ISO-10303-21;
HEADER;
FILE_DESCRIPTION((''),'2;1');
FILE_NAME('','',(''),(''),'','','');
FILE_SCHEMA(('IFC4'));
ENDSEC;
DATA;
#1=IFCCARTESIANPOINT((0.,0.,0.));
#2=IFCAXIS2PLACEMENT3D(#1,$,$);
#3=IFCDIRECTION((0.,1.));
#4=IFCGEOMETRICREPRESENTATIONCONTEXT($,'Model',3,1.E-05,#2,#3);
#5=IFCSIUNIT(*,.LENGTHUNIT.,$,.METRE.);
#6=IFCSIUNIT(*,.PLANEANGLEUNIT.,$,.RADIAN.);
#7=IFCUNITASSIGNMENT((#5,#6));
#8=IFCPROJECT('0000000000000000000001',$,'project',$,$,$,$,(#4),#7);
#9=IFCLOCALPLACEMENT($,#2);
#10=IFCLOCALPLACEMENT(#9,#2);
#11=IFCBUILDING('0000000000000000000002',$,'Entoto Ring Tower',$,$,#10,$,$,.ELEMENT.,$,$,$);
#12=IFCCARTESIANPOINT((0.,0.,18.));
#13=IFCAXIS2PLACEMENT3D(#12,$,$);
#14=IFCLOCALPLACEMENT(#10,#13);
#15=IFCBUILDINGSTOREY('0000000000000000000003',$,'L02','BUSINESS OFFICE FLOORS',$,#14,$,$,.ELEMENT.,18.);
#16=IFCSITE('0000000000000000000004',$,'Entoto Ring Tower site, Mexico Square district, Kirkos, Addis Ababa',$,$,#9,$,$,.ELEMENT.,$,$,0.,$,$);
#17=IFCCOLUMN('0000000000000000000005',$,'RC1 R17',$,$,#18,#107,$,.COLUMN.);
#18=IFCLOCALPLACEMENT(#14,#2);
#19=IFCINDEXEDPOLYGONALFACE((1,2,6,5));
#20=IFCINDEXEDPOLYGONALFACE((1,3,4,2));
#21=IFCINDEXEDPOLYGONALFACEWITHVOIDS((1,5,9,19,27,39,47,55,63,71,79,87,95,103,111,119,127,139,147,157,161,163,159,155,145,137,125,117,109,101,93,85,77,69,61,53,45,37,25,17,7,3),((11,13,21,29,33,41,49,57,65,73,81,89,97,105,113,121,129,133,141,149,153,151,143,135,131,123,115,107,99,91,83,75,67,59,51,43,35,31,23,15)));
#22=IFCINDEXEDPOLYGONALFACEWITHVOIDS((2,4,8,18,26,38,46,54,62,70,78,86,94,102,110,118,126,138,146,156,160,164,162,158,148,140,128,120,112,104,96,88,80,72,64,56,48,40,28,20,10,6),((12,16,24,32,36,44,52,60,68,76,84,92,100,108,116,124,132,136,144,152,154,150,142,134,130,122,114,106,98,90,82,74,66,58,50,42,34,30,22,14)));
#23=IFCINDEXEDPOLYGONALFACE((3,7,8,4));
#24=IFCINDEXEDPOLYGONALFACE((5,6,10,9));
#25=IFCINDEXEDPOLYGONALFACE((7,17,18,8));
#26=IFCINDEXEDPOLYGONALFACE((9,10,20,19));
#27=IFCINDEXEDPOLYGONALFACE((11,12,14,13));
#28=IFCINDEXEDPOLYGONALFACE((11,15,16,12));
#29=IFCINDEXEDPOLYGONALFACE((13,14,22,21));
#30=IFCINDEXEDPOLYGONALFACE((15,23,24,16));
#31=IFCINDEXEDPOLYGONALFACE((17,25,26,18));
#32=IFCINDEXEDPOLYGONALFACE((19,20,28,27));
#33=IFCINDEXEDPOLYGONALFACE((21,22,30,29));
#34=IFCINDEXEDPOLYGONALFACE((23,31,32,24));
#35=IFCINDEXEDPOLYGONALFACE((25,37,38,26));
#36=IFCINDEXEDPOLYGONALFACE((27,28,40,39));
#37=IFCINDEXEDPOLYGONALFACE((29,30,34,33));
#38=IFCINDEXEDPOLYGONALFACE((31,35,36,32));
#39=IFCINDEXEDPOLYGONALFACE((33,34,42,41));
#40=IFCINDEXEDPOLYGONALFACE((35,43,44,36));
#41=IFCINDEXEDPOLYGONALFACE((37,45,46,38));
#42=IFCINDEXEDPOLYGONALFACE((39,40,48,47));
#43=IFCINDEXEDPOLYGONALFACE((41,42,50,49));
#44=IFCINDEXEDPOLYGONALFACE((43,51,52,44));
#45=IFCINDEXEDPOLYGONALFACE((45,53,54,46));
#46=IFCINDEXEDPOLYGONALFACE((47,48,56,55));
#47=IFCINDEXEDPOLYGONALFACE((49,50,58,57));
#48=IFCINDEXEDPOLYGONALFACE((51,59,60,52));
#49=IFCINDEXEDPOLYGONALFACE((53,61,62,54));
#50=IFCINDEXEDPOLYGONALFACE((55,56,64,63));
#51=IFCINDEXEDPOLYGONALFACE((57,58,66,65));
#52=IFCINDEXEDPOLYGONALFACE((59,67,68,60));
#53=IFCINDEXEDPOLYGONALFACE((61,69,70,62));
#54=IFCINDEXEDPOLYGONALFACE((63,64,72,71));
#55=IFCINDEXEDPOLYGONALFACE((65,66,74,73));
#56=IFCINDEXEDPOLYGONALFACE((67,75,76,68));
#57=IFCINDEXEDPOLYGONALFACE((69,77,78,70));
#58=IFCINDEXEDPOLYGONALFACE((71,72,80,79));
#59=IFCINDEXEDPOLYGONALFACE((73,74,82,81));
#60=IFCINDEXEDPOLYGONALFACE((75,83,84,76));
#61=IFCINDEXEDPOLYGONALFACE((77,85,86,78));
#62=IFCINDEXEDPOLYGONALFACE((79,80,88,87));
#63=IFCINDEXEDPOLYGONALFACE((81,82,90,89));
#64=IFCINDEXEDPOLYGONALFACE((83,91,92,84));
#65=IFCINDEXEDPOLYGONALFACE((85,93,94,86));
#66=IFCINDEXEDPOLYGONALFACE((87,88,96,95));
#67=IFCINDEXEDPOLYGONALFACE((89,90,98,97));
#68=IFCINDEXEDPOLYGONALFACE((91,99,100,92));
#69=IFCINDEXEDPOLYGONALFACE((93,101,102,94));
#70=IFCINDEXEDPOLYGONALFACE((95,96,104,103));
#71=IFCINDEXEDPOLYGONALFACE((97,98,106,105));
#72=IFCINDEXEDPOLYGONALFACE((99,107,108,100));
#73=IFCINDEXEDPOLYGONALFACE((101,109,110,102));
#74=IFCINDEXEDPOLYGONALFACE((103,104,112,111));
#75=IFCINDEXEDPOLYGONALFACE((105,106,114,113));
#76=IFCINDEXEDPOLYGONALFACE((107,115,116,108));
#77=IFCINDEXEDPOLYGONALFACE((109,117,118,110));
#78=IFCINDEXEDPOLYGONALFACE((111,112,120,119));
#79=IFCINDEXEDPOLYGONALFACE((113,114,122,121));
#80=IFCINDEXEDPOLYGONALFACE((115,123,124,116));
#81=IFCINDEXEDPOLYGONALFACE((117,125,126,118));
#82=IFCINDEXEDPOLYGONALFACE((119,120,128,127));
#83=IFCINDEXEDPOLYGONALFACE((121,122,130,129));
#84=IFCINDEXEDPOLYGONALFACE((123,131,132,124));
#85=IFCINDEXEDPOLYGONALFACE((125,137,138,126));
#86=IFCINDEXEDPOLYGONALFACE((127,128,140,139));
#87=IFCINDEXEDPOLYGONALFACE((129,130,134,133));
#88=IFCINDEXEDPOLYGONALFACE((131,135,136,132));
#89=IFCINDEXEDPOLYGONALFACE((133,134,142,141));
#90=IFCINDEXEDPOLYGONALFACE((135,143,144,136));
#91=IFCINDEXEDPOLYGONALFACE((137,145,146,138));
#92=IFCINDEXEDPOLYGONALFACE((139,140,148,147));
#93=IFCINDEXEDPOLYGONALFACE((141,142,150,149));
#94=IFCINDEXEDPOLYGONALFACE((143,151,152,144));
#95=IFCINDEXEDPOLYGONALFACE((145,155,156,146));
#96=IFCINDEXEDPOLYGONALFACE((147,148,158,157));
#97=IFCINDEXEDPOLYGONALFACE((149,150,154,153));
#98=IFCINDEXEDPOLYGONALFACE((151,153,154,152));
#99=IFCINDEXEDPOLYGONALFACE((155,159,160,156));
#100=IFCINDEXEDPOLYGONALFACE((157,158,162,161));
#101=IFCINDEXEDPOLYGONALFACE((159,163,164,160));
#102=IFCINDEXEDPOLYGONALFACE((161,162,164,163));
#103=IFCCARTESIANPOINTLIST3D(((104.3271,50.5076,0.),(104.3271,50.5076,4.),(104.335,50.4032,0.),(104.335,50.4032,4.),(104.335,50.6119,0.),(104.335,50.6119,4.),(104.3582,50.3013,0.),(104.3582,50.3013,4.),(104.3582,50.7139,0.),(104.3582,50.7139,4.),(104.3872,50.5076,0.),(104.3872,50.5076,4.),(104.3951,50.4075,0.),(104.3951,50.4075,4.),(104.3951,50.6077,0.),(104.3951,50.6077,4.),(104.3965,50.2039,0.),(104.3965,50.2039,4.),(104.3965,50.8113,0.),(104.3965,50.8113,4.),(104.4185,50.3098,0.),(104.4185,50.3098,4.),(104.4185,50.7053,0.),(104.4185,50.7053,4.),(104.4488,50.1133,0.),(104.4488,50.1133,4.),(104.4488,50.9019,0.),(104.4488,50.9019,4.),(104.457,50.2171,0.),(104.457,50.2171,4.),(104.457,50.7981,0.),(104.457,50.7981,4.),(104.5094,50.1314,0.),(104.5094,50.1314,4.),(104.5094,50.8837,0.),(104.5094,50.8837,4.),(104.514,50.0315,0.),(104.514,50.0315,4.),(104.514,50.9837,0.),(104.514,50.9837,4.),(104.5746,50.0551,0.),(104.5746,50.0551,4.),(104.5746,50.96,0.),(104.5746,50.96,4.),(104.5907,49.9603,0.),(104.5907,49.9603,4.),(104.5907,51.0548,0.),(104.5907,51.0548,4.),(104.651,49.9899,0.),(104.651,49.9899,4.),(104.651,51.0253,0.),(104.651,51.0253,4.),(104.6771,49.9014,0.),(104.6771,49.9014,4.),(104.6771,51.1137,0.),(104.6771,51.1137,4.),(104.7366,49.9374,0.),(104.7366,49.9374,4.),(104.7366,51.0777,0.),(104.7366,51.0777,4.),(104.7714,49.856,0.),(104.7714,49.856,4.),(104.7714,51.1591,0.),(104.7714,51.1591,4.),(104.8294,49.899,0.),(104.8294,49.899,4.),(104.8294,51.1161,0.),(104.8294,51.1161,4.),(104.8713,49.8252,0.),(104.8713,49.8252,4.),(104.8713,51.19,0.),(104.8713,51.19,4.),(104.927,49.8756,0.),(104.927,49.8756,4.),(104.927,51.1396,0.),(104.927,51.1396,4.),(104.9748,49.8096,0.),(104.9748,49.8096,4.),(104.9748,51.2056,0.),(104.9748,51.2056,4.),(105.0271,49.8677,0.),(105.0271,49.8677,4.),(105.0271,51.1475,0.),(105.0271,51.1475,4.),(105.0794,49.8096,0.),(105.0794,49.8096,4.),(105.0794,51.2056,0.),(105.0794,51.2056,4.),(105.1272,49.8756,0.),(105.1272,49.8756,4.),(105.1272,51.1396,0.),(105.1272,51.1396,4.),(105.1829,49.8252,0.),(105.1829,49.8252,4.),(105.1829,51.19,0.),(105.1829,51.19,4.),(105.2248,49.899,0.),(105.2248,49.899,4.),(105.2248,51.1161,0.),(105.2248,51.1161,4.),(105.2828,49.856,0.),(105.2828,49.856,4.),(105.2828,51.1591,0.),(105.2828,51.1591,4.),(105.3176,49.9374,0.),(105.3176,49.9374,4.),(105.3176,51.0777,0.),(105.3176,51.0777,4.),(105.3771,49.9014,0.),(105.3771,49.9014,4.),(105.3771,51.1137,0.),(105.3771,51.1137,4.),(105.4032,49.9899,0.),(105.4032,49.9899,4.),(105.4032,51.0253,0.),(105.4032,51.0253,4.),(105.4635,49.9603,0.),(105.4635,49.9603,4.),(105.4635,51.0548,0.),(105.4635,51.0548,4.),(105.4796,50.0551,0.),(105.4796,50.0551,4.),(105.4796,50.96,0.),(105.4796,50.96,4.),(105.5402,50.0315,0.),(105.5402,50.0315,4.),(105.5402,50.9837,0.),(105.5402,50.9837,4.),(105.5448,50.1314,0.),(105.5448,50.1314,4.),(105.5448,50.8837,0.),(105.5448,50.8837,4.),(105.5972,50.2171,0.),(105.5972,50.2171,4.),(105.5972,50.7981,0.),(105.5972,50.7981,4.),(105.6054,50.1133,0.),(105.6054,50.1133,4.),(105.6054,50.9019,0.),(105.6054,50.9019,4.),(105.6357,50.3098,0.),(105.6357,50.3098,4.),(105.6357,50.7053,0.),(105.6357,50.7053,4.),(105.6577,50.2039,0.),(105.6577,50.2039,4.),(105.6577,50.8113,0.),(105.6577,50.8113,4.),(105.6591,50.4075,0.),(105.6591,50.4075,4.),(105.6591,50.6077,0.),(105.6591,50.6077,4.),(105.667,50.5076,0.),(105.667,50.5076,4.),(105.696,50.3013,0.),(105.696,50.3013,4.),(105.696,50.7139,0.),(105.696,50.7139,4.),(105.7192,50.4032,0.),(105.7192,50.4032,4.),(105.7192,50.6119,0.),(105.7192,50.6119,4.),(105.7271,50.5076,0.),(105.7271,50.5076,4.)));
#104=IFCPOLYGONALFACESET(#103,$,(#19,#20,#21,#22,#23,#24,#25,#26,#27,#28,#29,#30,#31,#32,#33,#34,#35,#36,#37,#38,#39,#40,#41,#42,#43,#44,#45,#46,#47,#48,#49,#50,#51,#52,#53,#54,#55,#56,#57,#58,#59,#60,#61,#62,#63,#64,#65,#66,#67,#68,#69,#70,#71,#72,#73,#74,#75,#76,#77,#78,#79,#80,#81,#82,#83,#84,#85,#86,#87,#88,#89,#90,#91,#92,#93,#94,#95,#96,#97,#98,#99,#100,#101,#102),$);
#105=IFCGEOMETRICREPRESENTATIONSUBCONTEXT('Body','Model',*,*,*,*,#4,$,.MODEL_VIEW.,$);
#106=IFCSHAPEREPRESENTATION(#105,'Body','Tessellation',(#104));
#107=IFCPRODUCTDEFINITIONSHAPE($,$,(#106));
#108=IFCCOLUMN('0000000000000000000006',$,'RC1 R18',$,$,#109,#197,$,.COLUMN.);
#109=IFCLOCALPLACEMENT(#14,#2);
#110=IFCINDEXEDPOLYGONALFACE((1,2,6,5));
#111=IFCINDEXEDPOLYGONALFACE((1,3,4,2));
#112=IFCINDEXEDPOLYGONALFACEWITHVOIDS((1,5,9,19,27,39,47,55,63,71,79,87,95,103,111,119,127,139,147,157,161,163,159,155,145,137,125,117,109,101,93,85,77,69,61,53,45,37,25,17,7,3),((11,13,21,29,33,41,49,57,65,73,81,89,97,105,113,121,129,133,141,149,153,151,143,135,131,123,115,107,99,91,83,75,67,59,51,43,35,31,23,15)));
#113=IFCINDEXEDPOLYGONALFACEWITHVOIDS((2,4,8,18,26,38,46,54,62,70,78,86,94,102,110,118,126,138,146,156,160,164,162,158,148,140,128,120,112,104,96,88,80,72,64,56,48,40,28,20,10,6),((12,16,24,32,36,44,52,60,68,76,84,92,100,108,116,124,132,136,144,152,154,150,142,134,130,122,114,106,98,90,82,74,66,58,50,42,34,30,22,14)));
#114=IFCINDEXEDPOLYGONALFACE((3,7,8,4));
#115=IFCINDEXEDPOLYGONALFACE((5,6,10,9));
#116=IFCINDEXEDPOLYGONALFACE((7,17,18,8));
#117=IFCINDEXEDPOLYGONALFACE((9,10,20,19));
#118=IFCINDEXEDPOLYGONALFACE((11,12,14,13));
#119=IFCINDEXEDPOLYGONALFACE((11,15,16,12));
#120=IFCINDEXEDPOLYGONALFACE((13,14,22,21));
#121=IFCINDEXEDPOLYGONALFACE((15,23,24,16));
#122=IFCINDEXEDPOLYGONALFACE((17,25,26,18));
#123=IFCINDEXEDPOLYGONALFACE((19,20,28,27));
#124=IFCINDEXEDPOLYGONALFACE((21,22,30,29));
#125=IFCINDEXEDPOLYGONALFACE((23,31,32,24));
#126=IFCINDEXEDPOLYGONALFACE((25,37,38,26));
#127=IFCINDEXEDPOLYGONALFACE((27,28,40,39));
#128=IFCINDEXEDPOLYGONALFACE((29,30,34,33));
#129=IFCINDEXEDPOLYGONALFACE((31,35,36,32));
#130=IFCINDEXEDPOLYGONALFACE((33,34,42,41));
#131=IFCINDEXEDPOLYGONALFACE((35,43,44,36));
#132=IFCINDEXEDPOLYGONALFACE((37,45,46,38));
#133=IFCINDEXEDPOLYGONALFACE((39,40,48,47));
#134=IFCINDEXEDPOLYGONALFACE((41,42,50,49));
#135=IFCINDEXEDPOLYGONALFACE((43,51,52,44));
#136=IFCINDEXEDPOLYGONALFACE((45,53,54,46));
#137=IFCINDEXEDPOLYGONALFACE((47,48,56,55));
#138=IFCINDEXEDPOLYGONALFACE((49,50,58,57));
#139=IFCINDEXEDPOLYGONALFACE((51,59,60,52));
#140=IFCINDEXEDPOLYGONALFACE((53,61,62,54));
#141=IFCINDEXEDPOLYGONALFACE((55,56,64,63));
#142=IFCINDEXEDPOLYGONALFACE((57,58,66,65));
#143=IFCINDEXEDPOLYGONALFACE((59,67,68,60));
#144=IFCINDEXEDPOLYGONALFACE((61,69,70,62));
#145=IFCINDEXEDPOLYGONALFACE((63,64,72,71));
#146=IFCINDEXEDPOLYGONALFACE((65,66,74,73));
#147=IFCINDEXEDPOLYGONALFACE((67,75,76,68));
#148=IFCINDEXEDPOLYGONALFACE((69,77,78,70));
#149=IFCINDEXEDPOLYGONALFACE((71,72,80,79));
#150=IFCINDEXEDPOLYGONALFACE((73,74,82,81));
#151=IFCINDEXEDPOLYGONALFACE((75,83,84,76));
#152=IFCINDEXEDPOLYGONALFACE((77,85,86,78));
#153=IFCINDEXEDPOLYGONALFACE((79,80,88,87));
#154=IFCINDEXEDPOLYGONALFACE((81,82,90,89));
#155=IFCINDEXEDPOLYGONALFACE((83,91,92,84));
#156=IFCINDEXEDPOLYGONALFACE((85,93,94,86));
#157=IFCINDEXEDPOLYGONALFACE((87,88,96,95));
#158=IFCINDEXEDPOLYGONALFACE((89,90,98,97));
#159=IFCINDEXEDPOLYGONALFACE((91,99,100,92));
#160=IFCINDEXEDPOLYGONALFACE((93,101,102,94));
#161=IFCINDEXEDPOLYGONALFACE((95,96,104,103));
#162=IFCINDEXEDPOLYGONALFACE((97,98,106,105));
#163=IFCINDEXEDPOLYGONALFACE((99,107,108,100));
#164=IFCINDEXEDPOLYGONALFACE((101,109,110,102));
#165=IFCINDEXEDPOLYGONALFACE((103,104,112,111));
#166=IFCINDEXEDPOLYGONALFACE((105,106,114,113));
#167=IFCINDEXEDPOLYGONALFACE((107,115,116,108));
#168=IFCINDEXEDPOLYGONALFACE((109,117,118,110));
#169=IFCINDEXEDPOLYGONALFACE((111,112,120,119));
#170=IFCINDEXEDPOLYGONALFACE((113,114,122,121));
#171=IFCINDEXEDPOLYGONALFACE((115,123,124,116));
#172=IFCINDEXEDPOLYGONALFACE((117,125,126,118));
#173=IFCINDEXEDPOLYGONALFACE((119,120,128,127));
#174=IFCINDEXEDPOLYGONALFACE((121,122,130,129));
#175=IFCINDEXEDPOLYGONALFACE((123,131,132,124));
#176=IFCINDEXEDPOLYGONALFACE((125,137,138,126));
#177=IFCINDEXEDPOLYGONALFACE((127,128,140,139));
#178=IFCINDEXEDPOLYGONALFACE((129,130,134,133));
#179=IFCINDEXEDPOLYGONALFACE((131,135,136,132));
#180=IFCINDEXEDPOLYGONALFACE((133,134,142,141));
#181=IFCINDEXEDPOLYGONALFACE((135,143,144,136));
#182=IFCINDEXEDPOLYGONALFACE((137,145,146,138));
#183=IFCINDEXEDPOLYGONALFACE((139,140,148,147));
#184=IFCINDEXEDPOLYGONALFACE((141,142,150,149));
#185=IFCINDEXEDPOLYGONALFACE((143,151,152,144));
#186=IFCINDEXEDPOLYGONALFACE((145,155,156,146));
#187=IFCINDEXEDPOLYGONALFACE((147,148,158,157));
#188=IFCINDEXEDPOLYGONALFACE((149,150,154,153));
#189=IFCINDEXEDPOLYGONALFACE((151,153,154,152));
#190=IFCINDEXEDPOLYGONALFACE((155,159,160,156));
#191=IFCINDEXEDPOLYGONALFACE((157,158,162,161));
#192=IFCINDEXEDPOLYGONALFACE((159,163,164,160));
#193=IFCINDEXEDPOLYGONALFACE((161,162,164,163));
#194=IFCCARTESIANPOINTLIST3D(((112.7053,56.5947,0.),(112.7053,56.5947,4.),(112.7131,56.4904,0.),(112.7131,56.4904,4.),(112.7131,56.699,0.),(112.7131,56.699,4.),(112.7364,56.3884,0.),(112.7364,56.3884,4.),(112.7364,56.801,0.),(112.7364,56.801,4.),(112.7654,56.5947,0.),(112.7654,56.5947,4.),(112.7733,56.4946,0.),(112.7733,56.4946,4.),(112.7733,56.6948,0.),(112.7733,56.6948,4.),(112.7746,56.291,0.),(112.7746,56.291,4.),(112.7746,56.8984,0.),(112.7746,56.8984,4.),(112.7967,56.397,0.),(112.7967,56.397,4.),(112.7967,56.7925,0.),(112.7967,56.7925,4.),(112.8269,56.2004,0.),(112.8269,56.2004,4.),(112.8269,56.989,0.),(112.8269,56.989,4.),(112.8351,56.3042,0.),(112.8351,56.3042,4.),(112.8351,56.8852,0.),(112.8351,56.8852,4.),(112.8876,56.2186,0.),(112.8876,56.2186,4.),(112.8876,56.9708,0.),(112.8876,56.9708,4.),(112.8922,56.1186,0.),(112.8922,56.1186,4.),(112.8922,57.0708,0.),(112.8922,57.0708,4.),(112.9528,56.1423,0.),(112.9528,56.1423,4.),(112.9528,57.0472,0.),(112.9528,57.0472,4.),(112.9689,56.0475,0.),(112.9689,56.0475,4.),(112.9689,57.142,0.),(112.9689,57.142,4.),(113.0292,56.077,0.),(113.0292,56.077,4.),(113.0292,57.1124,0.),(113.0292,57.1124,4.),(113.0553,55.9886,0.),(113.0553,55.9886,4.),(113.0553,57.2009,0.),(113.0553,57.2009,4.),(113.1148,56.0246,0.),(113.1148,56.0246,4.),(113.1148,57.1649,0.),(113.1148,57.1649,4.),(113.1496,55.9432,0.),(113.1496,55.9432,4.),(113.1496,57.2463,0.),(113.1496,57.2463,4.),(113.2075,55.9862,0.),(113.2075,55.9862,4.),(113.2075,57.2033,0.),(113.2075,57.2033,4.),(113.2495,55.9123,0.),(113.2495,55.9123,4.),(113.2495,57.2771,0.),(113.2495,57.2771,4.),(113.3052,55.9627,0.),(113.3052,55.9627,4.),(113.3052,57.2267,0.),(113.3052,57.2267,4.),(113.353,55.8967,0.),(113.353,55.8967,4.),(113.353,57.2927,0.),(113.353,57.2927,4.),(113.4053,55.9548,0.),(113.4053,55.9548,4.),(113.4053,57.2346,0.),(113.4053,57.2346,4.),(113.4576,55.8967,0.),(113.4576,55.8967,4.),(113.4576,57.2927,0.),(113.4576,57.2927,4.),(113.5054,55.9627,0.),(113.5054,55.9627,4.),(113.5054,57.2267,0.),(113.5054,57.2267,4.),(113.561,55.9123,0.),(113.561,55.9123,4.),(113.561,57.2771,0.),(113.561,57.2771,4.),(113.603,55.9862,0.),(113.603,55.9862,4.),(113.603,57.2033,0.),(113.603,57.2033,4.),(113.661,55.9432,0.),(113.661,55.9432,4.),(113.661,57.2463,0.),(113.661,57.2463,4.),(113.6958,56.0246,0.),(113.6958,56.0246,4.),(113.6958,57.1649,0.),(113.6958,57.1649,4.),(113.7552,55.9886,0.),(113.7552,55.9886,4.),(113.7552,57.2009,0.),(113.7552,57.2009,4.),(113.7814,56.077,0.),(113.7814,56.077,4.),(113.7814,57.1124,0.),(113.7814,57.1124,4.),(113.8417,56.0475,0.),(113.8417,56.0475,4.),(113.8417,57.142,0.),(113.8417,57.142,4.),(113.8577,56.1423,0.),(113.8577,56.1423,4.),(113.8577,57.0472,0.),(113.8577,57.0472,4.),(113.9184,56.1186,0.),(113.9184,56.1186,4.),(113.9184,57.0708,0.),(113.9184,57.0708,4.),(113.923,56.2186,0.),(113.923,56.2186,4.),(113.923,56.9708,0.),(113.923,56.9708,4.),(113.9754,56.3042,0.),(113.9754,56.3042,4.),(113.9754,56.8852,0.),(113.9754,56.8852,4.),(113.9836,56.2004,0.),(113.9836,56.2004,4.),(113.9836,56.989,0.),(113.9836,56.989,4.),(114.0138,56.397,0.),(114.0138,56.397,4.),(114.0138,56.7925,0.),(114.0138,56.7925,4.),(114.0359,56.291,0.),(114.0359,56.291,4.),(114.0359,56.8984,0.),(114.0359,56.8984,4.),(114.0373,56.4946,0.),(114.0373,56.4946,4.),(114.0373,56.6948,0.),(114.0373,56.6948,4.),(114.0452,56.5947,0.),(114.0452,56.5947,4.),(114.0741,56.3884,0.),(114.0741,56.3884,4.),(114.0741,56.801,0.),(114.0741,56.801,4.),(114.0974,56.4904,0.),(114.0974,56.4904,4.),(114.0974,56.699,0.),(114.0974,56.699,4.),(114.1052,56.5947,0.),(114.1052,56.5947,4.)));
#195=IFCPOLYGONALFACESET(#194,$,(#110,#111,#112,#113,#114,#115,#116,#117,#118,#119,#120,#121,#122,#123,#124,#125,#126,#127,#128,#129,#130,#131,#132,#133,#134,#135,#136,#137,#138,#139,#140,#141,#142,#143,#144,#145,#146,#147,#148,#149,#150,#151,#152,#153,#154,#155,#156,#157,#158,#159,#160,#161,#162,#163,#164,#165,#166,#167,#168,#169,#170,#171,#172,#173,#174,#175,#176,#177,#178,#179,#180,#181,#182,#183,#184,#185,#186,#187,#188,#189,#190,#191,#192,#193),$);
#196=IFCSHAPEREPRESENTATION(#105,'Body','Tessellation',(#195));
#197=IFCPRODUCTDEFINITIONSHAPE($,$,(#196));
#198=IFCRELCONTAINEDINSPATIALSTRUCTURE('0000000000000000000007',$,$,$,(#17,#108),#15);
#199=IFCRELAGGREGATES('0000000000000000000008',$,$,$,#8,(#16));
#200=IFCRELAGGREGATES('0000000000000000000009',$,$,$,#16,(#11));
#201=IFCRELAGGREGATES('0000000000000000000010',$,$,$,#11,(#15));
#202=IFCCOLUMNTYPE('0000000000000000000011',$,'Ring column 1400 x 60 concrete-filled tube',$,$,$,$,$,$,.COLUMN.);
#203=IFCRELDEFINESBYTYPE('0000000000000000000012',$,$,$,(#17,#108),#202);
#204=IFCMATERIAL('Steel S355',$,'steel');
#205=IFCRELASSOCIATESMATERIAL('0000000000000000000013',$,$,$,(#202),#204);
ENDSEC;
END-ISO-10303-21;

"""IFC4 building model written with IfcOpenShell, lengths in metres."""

from ifc_helpers import new_model, si_unit, direction, frame, origin, origin_2d, place, context, subcontext, project, spatial, circle, hollow_circle, extrude, material, material_profile, profile_set, type_object, element, save


model = new_model("IFC4")

# Units and contexts
model_context = context("Model", 3, precision=1e-05, world=origin(), true_north=direction((0.0, 1.0)))
body_context = subcontext(model_context, "Body", "Model", "MODEL_VIEW")
ifc_project = project(units=[si_unit("LENGTHUNIT", "METRE"), si_unit("PLANEANGLEUNIT", "RADIAN")], contexts=[model_context])

# Site, building, storey
site_placement = place(None, origin())
site = spatial("IfcSite", under=ifc_project, at=site_placement, Name="Entoto Ring Tower site, Mexico Square district, Kirkos, Addis Ababa", CompositionType="ELEMENT", RefElevation=0.0)
building_placement = place(site_placement, origin())
building = spatial("IfcBuilding", under=site, at=building_placement, Name="Entoto Ring Tower", CompositionType="ELEMENT")
storey_placement = place(building_placement, frame((0.0, 0.0, 18.0)))
storey = spatial("IfcBuildingStorey", under=building, at=storey_placement, Name="L02", Description="BUSINESS OFFICE FLOORS", CompositionType="ELEMENT", Elevation=18.0)

# Columns
ifc_material_1 = material(Name="Steel S355", Category="steel")
ifc_material_profile_1 = material_profile(ifc_material_1, hollow_circle(Radius=0.7, WallThickness=0.0601, at=origin_2d()), Name="CHS 1400 x 60")
ifc_material_2 = material(Name="Concrete C60/75", Category="concrete")
ifc_material_profile_2 = material_profile(ifc_material_2, circle(Radius=0.6399, at=origin_2d()), Name="Concrete C60/75 infill")
ifc_profile_set_1 = profile_set([ifc_material_profile_1, ifc_material_profile_2], Name="Steel S355")
column_type = type_object("IfcColumnType", Name="Ring column 1400 x 60 concrete-filled tube", PredefinedType="COLUMN", material=ifc_profile_set_1)
for number, where, z_axis, x_axis, name in (
    (1, (105.0271, 50.5076, 0.0), (0.0, 0.0, 1.0), (1.0, 0.0, 0.0), "RC1 R17"),
    (2, (113.4053, 56.5947, 0.0), (0.0, 0.0, 1.0), (1.0, 0.0, 0.0), "RC1 R18"),
):
    element("IfcColumn", number, at=place(storey_placement, frame(where, z_axis=z_axis, x_axis=x_axis)), inside=storey, type_object=column_type, Name=name, PredefinedType="COLUMN", context=body_context, shape_type="SweptSolid", body=[
        extrude(hollow_circle(Radius=0.7, WallThickness=0.0601, at=origin_2d()), origin(), (0.0, 0.0, 1.0), 4.0),
    ])

save(model, "model.ifc")
